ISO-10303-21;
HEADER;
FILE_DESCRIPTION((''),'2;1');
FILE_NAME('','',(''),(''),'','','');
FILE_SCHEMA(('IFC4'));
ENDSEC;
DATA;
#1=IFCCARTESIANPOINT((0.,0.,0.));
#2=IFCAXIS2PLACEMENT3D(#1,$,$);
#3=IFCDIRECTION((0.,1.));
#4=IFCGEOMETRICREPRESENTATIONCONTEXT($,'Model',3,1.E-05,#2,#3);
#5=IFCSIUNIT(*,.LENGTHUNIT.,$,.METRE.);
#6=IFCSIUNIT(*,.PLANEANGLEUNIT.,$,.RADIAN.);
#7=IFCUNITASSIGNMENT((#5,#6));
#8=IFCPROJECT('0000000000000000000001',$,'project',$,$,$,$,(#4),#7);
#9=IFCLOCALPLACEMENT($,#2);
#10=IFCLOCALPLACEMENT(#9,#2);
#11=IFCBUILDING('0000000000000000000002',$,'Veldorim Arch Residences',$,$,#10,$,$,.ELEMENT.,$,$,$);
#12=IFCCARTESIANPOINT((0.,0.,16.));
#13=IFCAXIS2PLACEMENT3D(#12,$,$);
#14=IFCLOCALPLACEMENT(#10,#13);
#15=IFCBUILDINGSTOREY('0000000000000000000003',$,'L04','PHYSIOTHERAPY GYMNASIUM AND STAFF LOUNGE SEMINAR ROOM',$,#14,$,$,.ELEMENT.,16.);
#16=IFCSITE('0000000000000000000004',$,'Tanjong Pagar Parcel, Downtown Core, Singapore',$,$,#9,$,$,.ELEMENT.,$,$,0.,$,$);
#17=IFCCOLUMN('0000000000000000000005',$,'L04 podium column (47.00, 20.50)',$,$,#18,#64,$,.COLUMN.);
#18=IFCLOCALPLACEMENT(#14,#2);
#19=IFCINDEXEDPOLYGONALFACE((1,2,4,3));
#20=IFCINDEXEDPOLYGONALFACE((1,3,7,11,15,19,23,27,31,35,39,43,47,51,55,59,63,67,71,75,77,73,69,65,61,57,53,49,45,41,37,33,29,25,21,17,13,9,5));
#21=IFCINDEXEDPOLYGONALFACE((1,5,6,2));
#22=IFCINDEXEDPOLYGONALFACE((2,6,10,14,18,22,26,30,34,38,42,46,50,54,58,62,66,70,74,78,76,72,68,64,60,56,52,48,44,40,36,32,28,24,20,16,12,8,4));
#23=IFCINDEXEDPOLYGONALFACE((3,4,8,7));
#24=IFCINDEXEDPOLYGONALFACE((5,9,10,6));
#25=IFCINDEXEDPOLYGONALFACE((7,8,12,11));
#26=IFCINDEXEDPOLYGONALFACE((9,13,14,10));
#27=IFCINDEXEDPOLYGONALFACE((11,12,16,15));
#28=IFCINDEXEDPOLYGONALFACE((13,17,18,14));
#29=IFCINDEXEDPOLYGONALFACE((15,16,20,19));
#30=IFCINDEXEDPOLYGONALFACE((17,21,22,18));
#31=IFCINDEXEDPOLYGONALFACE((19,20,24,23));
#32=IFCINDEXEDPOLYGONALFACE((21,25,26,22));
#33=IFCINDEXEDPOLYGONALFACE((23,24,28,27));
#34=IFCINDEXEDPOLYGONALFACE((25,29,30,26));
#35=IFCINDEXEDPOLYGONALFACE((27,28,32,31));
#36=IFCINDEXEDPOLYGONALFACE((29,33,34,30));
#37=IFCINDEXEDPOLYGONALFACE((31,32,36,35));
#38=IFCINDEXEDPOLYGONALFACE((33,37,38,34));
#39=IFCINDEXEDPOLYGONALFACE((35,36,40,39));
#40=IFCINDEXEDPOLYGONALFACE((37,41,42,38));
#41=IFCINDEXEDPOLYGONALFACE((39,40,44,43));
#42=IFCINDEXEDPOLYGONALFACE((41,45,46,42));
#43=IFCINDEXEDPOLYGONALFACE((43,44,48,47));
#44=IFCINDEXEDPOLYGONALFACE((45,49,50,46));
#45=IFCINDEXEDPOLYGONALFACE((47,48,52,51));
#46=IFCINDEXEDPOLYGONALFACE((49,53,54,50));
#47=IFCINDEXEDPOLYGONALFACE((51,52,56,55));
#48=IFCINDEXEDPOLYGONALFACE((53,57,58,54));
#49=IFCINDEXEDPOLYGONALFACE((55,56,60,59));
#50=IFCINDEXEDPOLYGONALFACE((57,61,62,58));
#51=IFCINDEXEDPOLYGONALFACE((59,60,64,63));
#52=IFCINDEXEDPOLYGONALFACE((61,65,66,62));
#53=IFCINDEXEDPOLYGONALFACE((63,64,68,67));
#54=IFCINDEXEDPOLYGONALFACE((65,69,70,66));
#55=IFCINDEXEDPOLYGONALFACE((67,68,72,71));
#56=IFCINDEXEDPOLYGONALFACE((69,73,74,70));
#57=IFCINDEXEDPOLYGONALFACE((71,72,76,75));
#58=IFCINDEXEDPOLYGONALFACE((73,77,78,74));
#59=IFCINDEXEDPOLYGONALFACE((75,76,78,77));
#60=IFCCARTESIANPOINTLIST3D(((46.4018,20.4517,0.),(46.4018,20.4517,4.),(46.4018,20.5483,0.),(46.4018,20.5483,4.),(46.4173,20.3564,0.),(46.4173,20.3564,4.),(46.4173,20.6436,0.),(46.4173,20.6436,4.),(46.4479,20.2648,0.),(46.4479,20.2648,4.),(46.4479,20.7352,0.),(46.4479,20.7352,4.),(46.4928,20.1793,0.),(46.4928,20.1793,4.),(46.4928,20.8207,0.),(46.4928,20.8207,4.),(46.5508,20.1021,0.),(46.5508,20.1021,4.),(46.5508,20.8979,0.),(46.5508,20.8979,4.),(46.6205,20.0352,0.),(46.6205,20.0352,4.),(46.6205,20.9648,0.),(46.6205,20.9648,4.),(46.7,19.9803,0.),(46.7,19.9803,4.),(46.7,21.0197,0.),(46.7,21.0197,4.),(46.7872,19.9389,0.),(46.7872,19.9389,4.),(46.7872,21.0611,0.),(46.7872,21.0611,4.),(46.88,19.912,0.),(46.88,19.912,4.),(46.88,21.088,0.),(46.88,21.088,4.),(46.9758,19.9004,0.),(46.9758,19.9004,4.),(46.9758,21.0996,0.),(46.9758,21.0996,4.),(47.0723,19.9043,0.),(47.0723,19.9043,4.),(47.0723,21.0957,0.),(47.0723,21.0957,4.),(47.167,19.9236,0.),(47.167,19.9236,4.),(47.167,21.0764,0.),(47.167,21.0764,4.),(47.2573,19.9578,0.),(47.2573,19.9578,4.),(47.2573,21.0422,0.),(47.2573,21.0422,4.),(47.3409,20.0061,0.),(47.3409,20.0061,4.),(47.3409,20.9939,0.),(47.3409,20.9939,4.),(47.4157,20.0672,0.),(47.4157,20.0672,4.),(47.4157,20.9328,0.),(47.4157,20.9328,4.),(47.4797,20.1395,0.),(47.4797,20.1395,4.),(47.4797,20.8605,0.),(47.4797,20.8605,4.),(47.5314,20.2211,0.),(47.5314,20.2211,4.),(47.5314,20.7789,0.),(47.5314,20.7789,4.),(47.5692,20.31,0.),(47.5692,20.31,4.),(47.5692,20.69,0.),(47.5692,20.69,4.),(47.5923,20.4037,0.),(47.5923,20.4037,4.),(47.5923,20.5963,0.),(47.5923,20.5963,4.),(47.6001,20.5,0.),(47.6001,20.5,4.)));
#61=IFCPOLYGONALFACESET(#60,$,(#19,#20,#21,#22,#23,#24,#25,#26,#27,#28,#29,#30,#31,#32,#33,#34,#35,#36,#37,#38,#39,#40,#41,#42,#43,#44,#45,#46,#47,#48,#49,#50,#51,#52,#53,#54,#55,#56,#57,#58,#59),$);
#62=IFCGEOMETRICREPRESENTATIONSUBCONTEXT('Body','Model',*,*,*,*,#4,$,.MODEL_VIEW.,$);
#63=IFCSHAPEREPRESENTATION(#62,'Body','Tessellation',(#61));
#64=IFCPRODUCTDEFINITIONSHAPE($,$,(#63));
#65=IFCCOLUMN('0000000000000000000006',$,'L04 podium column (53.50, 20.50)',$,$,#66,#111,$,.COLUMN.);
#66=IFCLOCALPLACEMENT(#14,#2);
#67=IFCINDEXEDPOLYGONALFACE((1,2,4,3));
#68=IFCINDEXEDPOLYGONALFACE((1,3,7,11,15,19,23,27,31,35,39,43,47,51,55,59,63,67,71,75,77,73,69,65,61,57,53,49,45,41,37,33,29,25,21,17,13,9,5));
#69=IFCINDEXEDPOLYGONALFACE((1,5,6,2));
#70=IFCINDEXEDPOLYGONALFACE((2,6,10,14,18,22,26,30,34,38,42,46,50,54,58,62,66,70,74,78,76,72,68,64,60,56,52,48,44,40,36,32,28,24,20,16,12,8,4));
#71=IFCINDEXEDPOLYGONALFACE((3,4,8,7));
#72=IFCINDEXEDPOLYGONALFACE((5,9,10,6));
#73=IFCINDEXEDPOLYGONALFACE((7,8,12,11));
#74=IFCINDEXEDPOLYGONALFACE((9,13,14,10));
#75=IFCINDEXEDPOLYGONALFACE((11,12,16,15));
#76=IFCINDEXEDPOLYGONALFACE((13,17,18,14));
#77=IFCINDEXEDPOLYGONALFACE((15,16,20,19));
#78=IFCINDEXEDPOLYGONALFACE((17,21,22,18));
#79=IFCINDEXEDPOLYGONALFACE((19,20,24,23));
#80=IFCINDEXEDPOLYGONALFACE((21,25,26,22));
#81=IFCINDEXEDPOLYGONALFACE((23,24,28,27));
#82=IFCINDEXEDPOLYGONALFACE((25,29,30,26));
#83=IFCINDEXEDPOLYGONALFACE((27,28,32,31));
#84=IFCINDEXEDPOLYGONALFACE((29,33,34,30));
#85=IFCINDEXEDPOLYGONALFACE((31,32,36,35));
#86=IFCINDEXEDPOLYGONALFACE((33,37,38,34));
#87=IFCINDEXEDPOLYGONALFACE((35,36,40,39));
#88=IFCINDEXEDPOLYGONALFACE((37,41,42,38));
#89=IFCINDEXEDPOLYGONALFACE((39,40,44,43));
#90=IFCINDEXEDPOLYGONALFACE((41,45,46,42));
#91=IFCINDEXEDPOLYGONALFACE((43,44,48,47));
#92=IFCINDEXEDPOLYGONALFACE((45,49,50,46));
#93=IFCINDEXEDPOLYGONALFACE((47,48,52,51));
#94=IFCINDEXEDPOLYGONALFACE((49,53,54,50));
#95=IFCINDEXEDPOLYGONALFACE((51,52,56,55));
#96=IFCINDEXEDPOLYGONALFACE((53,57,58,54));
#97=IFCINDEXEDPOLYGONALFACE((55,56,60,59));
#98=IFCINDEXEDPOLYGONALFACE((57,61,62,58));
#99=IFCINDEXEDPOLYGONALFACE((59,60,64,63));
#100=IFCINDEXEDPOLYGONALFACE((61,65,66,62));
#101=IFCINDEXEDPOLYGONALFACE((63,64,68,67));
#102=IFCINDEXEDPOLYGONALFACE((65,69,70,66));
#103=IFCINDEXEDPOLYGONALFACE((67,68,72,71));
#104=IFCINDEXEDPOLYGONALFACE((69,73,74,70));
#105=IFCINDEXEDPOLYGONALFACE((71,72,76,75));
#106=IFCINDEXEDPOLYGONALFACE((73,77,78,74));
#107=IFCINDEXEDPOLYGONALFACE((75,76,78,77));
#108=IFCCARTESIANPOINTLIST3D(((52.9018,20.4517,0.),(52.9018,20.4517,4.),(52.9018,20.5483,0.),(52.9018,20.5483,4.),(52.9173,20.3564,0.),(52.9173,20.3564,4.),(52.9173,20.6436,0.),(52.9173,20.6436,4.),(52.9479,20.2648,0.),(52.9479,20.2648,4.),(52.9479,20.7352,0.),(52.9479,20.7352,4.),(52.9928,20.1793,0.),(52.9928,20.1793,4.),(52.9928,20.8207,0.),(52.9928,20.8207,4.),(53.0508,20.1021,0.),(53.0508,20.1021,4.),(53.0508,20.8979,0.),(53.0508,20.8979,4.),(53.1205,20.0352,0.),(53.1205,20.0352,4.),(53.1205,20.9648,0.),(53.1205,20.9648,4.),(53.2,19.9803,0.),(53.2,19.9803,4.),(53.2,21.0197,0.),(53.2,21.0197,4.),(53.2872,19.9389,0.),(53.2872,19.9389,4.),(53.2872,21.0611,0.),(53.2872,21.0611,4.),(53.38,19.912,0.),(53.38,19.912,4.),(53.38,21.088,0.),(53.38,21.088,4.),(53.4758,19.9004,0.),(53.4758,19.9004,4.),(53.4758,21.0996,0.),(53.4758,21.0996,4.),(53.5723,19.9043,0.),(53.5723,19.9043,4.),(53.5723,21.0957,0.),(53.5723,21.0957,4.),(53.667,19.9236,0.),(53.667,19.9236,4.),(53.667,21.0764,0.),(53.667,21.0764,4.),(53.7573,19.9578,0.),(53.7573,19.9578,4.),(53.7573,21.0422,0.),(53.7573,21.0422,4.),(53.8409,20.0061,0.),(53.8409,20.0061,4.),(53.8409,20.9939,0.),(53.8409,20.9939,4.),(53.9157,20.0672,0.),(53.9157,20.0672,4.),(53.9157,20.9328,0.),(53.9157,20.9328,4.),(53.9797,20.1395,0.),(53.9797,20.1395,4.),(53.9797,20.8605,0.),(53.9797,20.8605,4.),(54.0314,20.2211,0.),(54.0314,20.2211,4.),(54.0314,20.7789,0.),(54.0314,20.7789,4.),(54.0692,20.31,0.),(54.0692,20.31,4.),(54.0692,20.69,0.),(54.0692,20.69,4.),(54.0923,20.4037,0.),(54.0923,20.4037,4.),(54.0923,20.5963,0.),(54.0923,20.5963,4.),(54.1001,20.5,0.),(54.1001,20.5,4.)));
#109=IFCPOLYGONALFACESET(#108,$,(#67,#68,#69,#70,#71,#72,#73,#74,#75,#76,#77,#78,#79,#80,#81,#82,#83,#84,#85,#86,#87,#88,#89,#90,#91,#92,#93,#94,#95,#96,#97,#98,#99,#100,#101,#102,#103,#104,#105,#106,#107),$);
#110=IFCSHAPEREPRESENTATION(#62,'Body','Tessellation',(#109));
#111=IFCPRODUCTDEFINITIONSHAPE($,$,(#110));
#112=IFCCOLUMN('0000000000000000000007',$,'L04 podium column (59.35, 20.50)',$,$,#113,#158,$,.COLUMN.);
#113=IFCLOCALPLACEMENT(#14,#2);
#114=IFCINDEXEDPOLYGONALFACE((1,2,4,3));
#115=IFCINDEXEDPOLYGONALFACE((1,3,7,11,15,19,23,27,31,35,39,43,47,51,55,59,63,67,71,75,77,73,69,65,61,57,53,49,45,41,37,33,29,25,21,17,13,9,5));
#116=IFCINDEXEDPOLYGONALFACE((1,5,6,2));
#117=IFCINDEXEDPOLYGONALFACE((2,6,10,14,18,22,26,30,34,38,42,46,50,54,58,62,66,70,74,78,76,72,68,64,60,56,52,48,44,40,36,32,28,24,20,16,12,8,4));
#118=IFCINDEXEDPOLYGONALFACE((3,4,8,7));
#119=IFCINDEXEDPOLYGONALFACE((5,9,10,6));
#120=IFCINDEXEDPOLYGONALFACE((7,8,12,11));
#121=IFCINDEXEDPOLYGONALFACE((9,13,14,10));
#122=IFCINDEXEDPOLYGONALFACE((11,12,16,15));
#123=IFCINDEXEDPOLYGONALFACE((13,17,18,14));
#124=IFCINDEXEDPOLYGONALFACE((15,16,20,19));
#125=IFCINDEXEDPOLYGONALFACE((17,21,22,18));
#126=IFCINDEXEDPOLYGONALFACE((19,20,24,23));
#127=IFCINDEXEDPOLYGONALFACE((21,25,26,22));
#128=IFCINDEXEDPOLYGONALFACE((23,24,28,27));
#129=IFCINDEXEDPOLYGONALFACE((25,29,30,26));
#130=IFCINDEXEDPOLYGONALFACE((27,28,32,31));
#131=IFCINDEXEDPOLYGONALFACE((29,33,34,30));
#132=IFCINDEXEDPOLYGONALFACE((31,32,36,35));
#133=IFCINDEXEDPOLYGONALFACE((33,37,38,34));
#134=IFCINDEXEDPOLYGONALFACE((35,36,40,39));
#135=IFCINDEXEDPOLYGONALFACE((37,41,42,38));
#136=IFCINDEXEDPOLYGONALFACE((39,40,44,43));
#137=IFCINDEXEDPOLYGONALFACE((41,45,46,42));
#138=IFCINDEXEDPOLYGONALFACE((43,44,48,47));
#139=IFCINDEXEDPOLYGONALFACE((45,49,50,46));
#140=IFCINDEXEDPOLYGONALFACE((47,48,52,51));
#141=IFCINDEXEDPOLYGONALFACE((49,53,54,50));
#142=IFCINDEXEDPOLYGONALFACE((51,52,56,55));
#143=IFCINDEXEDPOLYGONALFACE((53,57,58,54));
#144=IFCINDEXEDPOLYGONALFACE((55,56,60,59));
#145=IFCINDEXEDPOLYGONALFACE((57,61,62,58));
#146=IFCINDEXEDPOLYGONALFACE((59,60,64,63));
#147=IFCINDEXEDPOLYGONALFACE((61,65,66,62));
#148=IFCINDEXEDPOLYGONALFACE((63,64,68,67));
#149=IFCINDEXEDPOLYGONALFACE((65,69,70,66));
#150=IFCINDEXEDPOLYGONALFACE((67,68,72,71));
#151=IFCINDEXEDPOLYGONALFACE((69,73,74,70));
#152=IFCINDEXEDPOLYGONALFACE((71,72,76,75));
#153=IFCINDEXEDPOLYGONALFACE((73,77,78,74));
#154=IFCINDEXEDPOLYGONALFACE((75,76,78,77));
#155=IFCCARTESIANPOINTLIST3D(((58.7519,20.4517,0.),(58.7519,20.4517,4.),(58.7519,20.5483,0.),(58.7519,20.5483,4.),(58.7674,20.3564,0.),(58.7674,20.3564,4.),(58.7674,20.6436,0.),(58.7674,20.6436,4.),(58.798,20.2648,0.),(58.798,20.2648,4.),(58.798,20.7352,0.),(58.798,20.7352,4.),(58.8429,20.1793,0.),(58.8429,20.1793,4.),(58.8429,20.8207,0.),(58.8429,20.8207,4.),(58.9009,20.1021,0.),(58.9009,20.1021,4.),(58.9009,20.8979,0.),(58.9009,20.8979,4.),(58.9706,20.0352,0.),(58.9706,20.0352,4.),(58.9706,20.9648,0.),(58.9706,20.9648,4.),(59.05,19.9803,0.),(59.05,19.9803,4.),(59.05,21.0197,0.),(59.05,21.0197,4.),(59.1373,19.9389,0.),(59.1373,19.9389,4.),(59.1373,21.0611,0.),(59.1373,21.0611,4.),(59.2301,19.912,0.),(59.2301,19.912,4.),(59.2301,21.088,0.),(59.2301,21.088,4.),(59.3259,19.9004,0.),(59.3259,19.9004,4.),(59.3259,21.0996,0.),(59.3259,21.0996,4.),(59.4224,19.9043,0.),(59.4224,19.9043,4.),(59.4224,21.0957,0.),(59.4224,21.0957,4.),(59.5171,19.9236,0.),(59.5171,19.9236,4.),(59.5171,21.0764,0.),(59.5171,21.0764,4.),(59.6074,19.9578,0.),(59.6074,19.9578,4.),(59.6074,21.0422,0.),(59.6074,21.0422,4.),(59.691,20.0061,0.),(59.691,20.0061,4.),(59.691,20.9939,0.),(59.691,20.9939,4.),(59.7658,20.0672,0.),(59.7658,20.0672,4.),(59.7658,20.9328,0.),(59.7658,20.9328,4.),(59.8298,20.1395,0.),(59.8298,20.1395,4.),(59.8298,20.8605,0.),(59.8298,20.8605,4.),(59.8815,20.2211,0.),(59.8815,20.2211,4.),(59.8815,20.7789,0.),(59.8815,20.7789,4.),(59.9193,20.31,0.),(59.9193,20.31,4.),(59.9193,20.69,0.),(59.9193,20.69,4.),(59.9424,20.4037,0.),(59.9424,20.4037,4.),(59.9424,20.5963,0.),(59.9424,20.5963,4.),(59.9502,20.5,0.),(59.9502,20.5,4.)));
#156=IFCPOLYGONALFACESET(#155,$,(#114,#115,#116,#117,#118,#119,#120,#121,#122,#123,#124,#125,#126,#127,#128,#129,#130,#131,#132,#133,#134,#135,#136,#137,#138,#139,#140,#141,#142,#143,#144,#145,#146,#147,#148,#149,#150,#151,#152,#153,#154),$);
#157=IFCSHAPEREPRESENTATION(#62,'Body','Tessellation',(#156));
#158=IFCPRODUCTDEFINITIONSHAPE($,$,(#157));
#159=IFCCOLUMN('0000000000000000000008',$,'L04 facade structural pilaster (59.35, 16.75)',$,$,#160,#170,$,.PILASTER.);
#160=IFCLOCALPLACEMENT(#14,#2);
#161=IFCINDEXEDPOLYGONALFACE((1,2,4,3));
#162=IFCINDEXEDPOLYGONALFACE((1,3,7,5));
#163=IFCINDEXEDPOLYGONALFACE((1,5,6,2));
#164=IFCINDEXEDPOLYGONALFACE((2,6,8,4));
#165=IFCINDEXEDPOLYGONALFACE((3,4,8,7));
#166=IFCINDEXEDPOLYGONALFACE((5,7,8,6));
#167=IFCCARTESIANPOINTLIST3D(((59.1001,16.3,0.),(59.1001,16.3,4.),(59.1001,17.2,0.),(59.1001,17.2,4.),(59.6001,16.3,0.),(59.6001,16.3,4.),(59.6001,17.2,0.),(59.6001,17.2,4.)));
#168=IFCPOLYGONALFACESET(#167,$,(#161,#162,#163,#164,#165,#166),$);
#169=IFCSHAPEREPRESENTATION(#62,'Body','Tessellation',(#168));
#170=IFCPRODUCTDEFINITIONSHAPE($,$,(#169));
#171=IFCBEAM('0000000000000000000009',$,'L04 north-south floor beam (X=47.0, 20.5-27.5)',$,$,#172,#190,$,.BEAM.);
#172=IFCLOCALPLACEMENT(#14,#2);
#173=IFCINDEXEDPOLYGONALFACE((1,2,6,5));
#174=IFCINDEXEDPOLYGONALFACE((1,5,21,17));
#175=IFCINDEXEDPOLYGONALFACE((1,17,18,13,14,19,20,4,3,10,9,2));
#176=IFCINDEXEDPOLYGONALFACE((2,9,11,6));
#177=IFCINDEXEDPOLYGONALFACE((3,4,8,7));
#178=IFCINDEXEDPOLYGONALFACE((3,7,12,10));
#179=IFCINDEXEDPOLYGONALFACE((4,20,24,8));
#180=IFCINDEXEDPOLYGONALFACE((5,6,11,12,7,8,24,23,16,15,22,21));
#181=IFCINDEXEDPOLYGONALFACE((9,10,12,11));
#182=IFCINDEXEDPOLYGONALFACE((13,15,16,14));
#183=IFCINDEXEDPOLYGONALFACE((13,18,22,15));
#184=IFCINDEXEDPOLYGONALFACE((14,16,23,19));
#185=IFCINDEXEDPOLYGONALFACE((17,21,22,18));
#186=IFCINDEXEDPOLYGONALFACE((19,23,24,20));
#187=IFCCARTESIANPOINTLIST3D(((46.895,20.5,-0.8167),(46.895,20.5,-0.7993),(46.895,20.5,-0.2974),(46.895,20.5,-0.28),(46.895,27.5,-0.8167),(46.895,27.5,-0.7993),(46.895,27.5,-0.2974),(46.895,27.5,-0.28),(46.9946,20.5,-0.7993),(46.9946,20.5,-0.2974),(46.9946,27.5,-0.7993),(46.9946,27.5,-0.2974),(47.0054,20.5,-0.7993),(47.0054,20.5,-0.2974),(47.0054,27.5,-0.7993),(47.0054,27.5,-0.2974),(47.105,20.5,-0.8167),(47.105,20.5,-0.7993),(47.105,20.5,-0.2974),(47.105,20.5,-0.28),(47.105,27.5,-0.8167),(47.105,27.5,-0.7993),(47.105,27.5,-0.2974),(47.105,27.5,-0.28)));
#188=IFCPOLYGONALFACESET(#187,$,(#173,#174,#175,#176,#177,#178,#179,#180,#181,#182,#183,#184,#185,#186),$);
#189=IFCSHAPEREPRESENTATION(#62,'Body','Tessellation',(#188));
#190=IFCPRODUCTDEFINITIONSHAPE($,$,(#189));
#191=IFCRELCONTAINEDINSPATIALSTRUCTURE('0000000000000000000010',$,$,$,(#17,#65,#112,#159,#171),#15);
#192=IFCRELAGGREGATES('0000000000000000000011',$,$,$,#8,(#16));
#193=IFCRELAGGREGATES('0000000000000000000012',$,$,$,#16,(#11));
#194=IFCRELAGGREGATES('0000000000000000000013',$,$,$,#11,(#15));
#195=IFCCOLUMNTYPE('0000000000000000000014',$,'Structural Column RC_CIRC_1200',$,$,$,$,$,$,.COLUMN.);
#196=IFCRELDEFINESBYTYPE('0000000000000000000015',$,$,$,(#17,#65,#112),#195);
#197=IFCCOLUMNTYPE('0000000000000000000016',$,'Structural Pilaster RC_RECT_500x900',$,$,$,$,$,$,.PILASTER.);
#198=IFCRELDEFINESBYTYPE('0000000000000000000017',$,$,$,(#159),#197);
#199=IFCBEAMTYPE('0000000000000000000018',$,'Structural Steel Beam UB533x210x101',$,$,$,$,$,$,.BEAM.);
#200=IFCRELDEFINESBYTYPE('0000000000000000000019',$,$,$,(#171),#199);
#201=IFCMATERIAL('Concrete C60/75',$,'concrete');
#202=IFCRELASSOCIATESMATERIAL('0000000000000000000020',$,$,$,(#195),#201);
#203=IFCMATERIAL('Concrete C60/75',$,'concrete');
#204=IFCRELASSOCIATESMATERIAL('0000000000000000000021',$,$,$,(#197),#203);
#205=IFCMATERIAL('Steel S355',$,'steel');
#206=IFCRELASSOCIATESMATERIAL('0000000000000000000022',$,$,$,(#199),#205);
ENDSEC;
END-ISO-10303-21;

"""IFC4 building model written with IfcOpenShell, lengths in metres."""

from ifc_helpers import new_model, si_unit, direction, frame, origin, origin_2d, place, context, subcontext, project, spatial, rectangle, circle, i_section, extrude, material, material_profile, profile_set, type_object, element, save


model = new_model("IFC4")

# Units and contexts
model_context = context("Model", 3, precision=1e-05, world=origin(), true_north=direction((0.0, 1.0)))
body_context = subcontext(model_context, "Body", "Model", "MODEL_VIEW")
ifc_project = project(units=[si_unit("LENGTHUNIT", "METRE"), si_unit("PLANEANGLEUNIT", "RADIAN")], contexts=[model_context])

# Site, building, storey
site_placement = place(None, origin())
site = spatial("IfcSite", under=ifc_project, at=site_placement, Name="Tanjong Pagar Parcel, Downtown Core, Singapore", CompositionType="ELEMENT", RefElevation=0.0)
building_placement = place(site_placement, origin())
building = spatial("IfcBuilding", under=site, at=building_placement, Name="Veldorim Arch Residences", CompositionType="ELEMENT")
storey_placement = place(building_placement, frame((0.0, 0.0, 16.0)))
storey = spatial("IfcBuildingStorey", under=building, at=storey_placement, Name="L04", Description="PHYSIOTHERAPY GYMNASIUM AND STAFF LOUNGE SEMINAR ROOM", CompositionType="ELEMENT", Elevation=16.0)

# Columns
ifc_material_1 = material(Name="Concrete C60/75", Category="concrete")
ifc_material_profile_1 = material_profile(ifc_material_1, circle(Radius=0.6001, at=origin_2d()), Name="RC_CIRC_1200")
ifc_profile_set_1 = profile_set([ifc_material_profile_1], Name="Concrete C60/75")
column_type_1 = type_object("IfcColumnType", Name="Structural Column RC_CIRC_1200", PredefinedType="COLUMN", material=ifc_profile_set_1)
for number, where, z_axis, x_axis, name in (
    (1, (47.0, 20.5, 0.0), (0.0, 0.0, 1.0), (1.0, 0.0, 0.0), "L04 podium column (47.00, 20.50)"),
    (2, (53.5, 20.5, 0.0), (0.0, 0.0, 1.0), (1.0, 0.0, 0.0), "L04 podium column (53.50, 20.50)"),
    (3, (59.3501, 20.5, 0.0), (0.0, 0.0, 1.0), (1.0, 0.0, 0.0), "L04 podium column (59.35, 20.50)"),
):
    element("IfcColumn", number, at=place(storey_placement, frame(where, z_axis=z_axis, x_axis=x_axis)), inside=storey, type_object=column_type_1, Name=name, PredefinedType="COLUMN", context=body_context, shape_type="SweptSolid", body=[
        extrude(circle(Radius=0.6001, at=origin_2d()), origin(), (0.0, 0.0, 1.0), 4.0),
    ])
ifc_material_2 = material(Name="Concrete C60/75", Category="concrete")
ifc_material_profile_2 = material_profile(ifc_material_2, rectangle(XDim=0.5, YDim=0.8999, at=origin_2d()), Name="RC_RECT_500x900")
ifc_profile_set_2 = profile_set([ifc_material_profile_2], Name="Concrete C60/75")
column_type_2 = type_object("IfcColumnType", Name="Structural Pilaster RC_RECT_500x900", PredefinedType="PILASTER", material=ifc_profile_set_2)
column_placement = place(storey_placement, frame((59.3501, 16.75, 0.0), z_axis=(0.0, 0.0, 1.0), x_axis=(1.0, 0.0, 0.0)))
element("IfcColumn", 4, at=column_placement, inside=storey, type_object=column_type_2, Name="L04 facade structural pilaster (59.35, 16.75)", PredefinedType="PILASTER", context=body_context, shape_type="SweptSolid", body=[
    extrude(rectangle(XDim=0.5, YDim=0.8999, at=origin_2d()), origin(), (0.0, 0.0, 1.0), 4.0),
])

# Beam
ifc_material_3 = material(Name="Steel S355", Category="steel")
ifc_material_profile_3 = material_profile(ifc_material_3, i_section(OverallWidth=0.21, OverallDepth=0.5366, WebThickness=0.0107, FlangeThickness=0.0173, at=origin_2d()), Name="UB533x210x101")
ifc_profile_set_3 = profile_set([ifc_material_profile_3], Name="Steel S355")
beam_type_1 = type_object("IfcBeamType", Name="Structural Steel Beam UB533x210x101", PredefinedType="BEAM", material=ifc_profile_set_3)
for number, where, z_axis, x_axis, name in (
    (5, (47.0, 20.5, -0.5483), (0.0, 1.0, 0.0), (-1.0, 0.0, 0.0), "L04 north-south floor beam (X=47.0, 20.5-27.5)"),
):
    element("IfcBeam", number, at=place(storey_placement, frame(where, z_axis=z_axis, x_axis=x_axis)), inside=storey, type_object=beam_type_1, Name=name, PredefinedType="BEAM", context=body_context, shape_type="SweptSolid", body=[
        extrude(i_section(OverallWidth=0.21, OverallDepth=0.5366, WebThickness=0.0107, FlangeThickness=0.0173, at=origin_2d()), origin(), (0.0, 0.0, 1.0), 7.0),
    ])

save(model, "model.ifc")
